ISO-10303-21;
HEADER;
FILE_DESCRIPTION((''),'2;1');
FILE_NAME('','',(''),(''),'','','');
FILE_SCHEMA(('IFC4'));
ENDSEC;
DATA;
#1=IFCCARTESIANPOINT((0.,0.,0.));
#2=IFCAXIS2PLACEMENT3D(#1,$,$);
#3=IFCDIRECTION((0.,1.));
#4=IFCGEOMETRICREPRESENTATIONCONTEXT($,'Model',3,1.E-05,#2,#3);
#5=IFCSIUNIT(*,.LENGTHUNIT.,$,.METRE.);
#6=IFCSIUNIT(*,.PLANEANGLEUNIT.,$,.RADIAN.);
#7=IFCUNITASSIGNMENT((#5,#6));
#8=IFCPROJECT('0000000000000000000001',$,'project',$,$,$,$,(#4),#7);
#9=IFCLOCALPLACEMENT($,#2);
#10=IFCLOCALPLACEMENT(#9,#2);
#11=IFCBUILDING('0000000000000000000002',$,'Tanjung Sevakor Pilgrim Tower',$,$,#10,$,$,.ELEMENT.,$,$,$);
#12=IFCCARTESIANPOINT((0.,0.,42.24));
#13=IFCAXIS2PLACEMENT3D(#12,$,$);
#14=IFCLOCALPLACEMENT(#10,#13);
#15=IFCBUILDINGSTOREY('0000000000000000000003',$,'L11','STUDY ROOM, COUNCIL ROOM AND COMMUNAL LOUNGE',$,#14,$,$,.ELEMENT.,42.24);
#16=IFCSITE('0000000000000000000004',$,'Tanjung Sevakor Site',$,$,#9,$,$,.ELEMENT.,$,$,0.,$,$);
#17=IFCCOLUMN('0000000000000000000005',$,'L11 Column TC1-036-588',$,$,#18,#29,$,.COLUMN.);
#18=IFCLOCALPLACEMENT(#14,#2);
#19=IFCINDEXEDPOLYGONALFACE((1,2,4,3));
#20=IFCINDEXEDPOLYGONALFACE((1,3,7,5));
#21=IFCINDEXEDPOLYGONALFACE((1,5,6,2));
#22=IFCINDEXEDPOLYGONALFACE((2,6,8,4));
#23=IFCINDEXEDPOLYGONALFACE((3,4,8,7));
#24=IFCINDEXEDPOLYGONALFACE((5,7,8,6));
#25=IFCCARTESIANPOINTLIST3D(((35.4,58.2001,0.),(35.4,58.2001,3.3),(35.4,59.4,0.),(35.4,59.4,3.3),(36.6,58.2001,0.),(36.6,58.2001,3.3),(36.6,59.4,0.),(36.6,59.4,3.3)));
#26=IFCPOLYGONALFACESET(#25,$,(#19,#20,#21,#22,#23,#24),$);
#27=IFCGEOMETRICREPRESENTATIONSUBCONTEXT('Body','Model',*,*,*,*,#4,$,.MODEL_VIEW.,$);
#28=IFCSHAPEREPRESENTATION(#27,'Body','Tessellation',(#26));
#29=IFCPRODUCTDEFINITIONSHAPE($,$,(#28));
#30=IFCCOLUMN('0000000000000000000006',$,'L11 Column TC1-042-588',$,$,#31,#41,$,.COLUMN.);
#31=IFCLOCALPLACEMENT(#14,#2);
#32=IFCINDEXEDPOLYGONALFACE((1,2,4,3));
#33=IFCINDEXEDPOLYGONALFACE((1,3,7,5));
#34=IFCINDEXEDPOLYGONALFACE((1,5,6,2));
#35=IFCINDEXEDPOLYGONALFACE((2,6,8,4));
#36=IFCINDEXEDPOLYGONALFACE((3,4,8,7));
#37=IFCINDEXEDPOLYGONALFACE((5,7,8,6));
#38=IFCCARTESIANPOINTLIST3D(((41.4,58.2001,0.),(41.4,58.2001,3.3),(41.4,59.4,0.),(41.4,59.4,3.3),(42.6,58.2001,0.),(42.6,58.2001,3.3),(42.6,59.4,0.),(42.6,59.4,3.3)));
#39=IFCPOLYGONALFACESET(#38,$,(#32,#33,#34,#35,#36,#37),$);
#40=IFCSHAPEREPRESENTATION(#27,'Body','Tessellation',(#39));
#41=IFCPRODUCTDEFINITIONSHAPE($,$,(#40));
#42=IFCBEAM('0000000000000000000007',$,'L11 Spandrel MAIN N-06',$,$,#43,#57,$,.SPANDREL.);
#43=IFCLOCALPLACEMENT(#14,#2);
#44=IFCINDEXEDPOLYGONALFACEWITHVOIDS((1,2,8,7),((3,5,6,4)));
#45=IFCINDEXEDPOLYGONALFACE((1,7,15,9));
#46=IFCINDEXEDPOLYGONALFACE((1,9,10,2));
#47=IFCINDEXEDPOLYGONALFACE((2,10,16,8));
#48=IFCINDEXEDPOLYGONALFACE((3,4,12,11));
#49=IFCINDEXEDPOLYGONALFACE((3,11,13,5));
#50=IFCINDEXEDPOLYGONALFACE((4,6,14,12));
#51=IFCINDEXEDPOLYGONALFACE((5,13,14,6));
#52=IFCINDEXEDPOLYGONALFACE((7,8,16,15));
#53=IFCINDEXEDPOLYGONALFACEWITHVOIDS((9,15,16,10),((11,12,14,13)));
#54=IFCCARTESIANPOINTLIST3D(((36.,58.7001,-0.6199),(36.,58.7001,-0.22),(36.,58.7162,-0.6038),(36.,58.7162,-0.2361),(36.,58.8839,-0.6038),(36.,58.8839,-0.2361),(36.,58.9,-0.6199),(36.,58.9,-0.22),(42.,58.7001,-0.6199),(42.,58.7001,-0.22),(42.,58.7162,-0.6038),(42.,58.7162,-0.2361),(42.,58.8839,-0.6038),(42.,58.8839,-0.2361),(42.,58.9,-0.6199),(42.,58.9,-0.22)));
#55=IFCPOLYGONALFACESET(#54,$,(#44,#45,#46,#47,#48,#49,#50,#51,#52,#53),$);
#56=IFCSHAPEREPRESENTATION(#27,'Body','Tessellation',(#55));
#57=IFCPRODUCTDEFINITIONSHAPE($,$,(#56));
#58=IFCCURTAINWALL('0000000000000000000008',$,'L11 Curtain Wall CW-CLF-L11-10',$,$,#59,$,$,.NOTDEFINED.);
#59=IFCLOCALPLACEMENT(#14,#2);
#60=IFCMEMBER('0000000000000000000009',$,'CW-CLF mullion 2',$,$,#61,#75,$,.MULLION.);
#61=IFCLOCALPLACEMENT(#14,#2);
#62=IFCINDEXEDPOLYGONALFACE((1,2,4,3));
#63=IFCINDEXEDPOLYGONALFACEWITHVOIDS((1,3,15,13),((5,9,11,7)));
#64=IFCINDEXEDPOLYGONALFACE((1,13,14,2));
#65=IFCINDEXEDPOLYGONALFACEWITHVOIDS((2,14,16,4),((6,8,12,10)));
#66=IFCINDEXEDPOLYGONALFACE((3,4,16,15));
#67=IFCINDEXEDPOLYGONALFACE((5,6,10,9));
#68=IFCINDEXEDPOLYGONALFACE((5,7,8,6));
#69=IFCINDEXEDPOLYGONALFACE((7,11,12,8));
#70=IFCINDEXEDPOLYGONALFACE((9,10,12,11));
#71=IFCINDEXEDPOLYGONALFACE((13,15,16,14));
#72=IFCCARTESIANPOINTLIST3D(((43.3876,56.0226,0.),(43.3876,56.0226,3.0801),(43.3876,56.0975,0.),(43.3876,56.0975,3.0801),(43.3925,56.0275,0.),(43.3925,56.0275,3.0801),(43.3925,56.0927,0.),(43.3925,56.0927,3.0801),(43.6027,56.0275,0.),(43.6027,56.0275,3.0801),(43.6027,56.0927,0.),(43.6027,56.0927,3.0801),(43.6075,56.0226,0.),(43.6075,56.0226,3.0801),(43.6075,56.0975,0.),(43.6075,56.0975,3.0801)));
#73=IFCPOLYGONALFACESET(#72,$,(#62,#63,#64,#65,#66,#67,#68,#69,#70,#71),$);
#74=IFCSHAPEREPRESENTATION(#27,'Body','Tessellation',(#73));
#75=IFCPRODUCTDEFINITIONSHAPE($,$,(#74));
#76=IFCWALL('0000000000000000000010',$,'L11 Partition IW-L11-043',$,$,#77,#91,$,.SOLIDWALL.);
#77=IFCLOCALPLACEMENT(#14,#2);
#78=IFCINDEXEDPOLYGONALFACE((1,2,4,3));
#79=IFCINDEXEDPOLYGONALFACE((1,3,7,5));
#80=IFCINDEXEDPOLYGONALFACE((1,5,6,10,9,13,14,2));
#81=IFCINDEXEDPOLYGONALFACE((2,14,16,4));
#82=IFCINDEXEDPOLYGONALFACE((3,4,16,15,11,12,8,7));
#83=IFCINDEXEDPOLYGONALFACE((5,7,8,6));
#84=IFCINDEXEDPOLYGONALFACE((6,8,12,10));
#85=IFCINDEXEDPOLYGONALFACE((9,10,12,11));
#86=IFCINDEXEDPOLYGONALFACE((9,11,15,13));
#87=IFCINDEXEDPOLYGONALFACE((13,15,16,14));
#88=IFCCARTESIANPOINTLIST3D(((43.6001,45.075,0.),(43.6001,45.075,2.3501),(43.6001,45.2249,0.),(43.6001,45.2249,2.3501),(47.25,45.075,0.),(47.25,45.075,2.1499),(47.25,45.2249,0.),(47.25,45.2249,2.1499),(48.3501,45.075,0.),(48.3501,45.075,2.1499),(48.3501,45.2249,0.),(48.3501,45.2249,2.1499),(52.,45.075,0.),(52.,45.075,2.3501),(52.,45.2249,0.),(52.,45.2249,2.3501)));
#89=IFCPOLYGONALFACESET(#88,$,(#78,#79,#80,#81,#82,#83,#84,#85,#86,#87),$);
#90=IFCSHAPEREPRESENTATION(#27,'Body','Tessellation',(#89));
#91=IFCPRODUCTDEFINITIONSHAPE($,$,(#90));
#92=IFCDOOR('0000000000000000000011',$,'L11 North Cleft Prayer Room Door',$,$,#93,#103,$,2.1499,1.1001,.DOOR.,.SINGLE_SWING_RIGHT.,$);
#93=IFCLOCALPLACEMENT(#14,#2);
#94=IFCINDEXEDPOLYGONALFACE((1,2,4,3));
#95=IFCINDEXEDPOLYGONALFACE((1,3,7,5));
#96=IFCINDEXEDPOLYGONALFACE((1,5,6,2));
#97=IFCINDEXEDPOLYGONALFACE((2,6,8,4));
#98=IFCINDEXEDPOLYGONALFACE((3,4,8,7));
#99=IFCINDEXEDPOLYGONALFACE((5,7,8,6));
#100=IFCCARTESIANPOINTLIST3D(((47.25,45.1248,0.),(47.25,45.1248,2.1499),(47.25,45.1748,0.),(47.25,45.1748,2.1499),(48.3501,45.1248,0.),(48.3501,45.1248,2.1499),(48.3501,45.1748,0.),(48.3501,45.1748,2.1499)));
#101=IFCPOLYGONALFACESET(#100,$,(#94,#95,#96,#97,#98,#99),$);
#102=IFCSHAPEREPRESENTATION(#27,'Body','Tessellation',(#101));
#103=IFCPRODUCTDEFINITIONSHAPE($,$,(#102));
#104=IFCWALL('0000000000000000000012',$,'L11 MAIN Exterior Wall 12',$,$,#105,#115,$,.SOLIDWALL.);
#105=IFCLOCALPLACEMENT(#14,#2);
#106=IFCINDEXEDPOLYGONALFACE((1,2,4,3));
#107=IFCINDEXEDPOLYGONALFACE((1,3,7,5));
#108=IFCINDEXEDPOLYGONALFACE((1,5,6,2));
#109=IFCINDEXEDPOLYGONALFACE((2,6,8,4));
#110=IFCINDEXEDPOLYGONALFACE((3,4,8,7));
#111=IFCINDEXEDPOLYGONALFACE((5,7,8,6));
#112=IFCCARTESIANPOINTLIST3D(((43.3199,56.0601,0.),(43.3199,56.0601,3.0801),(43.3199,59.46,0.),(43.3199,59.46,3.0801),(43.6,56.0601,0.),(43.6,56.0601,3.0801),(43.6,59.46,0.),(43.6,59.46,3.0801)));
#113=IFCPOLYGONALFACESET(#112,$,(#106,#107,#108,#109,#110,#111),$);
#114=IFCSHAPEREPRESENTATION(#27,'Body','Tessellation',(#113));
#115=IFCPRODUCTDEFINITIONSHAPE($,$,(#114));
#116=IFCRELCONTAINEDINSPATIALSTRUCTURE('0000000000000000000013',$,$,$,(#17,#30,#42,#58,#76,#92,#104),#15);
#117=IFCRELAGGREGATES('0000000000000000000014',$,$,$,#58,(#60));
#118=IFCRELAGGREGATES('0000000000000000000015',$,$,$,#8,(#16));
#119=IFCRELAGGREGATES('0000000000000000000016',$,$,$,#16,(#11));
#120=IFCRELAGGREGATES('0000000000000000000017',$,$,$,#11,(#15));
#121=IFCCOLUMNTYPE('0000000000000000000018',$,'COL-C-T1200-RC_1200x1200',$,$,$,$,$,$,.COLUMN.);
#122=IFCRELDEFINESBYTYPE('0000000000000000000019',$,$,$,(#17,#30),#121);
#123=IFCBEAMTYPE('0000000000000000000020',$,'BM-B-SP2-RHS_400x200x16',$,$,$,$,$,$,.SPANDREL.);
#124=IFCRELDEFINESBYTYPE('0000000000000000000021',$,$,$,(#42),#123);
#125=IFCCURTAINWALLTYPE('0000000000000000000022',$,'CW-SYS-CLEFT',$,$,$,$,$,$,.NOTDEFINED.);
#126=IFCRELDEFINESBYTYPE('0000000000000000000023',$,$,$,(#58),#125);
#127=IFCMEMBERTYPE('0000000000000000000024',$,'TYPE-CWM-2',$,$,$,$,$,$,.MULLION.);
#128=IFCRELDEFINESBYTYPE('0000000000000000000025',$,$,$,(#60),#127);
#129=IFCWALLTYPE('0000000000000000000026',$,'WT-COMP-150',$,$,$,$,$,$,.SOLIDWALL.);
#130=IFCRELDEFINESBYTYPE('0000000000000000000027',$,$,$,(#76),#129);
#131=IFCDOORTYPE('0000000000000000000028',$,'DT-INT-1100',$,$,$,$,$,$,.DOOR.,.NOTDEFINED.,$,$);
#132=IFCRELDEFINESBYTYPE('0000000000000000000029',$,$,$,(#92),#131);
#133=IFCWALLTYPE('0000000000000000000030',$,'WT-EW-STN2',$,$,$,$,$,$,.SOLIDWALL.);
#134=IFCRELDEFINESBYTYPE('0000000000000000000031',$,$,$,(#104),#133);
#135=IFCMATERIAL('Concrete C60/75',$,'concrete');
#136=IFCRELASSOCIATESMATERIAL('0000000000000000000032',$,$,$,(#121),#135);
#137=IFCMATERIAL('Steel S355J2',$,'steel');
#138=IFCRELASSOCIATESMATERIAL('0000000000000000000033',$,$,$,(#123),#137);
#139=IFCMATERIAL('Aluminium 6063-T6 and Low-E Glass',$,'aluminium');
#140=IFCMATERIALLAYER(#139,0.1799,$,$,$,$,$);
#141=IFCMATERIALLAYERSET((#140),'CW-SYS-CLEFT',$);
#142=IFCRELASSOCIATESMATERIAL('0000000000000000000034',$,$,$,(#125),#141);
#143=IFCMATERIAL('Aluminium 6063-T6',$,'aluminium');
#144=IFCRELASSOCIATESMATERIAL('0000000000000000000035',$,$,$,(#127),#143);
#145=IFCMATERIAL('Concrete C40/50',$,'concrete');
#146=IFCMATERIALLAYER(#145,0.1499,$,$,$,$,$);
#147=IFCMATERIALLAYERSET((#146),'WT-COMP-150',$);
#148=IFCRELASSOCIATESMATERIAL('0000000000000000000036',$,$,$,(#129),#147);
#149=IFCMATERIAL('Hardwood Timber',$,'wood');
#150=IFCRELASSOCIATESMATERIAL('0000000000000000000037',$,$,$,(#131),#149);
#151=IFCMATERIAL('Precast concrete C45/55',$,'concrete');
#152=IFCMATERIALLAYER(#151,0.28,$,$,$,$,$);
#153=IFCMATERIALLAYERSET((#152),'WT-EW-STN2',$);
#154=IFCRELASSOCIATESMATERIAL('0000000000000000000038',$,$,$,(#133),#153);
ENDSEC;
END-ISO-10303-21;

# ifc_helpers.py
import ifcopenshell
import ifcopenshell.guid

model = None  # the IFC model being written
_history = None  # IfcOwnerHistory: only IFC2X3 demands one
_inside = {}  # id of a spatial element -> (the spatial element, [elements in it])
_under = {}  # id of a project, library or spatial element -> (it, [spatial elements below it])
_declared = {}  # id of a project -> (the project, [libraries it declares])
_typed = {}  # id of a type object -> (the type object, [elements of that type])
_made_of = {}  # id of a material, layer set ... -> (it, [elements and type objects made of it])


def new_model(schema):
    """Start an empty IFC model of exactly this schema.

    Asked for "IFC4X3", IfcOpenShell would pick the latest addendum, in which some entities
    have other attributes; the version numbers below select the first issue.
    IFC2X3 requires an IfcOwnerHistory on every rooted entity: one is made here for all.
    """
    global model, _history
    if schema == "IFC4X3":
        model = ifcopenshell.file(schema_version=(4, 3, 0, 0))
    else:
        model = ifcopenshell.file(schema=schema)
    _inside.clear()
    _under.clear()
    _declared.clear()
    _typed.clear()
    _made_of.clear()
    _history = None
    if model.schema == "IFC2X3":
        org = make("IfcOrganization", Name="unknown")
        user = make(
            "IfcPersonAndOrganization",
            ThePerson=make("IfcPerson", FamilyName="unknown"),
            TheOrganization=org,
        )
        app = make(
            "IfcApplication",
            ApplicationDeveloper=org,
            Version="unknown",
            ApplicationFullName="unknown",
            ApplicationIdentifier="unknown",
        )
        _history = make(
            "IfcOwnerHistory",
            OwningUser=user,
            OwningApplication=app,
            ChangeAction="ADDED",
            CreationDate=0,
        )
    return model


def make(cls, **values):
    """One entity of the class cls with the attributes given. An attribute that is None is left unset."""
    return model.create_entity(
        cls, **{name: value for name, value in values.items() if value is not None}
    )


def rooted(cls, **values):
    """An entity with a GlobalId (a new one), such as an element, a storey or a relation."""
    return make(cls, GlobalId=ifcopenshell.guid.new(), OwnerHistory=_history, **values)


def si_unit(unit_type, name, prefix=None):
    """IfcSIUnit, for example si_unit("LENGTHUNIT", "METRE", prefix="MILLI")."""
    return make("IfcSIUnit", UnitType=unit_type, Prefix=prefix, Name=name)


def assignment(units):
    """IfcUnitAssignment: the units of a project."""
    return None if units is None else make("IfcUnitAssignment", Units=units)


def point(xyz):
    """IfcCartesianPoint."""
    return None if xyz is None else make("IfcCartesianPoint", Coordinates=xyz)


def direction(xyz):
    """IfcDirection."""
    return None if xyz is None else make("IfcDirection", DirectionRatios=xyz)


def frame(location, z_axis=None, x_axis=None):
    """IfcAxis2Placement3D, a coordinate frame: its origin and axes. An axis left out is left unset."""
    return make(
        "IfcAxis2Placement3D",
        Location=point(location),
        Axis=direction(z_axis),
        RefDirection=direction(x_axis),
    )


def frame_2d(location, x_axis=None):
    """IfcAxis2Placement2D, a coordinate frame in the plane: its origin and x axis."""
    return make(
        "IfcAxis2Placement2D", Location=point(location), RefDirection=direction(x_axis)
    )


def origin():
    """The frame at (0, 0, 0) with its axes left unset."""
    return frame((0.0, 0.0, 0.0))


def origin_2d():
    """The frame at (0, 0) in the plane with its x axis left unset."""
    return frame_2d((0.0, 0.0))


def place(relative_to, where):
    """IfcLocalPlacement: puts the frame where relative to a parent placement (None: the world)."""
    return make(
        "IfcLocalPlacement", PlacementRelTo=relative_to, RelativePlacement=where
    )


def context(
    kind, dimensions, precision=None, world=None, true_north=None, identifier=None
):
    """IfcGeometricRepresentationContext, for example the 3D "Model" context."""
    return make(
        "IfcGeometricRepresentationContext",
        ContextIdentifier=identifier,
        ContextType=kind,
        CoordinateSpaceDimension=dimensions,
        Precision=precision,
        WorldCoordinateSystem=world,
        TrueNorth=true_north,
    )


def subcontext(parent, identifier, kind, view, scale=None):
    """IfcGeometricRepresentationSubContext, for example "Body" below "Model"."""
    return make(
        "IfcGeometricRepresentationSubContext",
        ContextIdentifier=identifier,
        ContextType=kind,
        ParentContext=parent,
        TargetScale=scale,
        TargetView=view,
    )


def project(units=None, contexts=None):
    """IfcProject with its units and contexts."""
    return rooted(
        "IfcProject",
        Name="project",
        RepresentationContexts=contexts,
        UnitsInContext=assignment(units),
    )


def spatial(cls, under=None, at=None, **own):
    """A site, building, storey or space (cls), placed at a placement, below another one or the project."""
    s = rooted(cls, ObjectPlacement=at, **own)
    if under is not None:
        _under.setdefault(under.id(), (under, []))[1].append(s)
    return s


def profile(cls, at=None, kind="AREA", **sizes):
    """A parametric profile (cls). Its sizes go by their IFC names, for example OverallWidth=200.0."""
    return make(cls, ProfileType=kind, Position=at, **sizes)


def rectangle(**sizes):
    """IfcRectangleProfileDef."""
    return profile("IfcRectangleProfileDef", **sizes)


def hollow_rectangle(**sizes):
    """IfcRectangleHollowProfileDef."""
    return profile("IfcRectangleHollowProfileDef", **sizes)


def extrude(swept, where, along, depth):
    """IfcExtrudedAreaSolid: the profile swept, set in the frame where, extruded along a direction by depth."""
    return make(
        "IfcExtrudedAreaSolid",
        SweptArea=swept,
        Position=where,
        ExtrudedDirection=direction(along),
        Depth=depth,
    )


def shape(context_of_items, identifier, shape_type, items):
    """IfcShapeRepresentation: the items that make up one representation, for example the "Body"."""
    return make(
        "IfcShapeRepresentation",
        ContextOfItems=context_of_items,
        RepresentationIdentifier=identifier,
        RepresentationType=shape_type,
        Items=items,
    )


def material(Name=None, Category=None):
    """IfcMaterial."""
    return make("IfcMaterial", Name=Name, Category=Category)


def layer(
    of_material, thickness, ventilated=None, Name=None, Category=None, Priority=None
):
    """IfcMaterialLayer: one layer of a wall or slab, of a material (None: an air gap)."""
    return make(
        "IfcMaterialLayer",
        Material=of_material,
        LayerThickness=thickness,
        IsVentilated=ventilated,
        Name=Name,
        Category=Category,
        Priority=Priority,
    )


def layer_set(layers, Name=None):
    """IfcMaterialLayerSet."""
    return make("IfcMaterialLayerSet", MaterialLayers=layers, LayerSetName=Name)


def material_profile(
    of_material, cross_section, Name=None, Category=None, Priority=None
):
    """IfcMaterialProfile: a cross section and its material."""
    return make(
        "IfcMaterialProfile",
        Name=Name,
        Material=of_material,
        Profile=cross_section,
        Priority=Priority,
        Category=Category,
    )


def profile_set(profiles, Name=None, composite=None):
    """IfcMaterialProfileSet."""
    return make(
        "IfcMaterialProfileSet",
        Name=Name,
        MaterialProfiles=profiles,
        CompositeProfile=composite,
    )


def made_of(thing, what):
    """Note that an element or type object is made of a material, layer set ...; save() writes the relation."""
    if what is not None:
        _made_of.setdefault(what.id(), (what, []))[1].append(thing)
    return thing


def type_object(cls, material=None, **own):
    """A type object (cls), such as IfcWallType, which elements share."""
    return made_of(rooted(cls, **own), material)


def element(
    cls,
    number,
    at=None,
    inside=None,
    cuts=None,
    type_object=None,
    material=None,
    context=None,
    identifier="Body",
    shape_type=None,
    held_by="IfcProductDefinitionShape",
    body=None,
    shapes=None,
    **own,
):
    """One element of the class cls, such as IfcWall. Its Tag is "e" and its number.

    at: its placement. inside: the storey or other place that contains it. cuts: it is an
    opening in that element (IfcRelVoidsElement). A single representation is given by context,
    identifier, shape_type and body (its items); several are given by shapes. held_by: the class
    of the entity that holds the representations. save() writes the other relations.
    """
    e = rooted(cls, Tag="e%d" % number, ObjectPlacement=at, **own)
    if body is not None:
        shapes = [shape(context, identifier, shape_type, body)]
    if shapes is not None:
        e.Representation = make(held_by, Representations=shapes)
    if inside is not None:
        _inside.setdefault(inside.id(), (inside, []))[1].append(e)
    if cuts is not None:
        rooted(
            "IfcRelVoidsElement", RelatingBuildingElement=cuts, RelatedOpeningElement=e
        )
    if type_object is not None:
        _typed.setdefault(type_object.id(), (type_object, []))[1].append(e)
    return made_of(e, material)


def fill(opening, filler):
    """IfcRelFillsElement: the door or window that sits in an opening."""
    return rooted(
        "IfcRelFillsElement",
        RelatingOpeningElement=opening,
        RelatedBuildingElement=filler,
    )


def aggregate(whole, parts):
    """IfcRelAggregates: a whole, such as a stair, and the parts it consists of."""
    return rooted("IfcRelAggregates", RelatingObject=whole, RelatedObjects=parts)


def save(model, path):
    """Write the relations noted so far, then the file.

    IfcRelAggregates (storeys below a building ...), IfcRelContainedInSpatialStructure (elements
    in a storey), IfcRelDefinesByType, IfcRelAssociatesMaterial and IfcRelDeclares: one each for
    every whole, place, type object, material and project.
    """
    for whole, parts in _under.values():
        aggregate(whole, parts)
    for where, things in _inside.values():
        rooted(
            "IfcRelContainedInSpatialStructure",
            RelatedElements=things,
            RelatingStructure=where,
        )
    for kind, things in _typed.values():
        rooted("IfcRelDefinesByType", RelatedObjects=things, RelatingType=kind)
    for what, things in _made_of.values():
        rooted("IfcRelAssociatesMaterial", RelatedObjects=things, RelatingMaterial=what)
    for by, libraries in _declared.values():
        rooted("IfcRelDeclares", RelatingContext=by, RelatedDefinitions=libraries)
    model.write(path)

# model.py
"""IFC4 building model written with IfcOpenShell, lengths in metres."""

from ifc_helpers import new_model, si_unit, direction, frame, frame_2d, origin, origin_2d, place, context, subcontext, project, spatial, rectangle, hollow_rectangle, extrude, material, layer, layer_set, material_profile, profile_set, type_object, element, fill, aggregate, save


model = new_model("IFC4")

# Units and contexts
model_context = context("Model", 3, precision=1e-05, world=origin(), true_north=direction((0.0, 1.0)))
body_context = subcontext(model_context, "Body", "Model", "MODEL_VIEW")
ifc_project = project(units=[si_unit("LENGTHUNIT", "METRE"), si_unit("PLANEANGLEUNIT", "RADIAN")], contexts=[model_context])

# Site, building, storey
site_placement = place(None, origin())
site = spatial("IfcSite", under=ifc_project, at=site_placement, Name="Tanjung Sevakor Site", CompositionType="ELEMENT", RefElevation=0.0)
building_placement = place(site_placement, origin())
building = spatial("IfcBuilding", under=site, at=building_placement, Name="Tanjung Sevakor Pilgrim Tower", CompositionType="ELEMENT")
storey_placement = place(building_placement, frame((0.0, 0.0, 42.24)))
storey = spatial("IfcBuildingStorey", under=building, at=storey_placement, Name="L11", Description="STUDY ROOM, COUNCIL ROOM AND COMMUNAL LOUNGE", CompositionType="ELEMENT", Elevation=42.24)

# Columns
ifc_material_1 = material(Name="Concrete C60/75", Category="concrete")
ifc_material_profile_1 = material_profile(ifc_material_1, rectangle(XDim=1.2, YDim=1.2, at=origin_2d()))
ifc_profile_set_1 = profile_set([ifc_material_profile_1], Name="Concrete C60/75")
column_type = type_object("IfcColumnType", Name="COL-C-T1200-RC_1200x1200", PredefinedType="COLUMN", material=ifc_profile_set_1)
for number, where, z_axis, x_axis, name in (
    (1, (36.0, 58.8, 0.0), (0.0, 0.0, 1.0), (1.0, 0.0, 0.0), "L11 Column TC1-036-588"),
    (2, (42.0, 58.8, 0.0), (0.0, 0.0, 1.0), (1.0, 0.0, 0.0), "L11 Column TC1-042-588"),
):
    element("IfcColumn", number, at=place(storey_placement, frame(where, z_axis=z_axis, x_axis=x_axis)), inside=storey, type_object=column_type, Name=name, PredefinedType="COLUMN", context=body_context, shape_type="SweptSolid", body=[
        extrude(rectangle(XDim=1.2, YDim=1.2, at=origin_2d()), origin(), (0.0, 0.0, 1.0), 3.3),
    ])

# Beam
ifc_material_2 = material(Name="Steel S355J2", Category="steel")
ifc_material_profile_2 = material_profile(ifc_material_2, hollow_rectangle(XDim=0.2, YDim=0.3999, WallThickness=0.0161, at=origin_2d()))
ifc_profile_set_2 = profile_set([ifc_material_profile_2], Name="Steel S355J2")
beam_type = type_object("IfcBeamType", Name="BM-B-SP2-RHS_400x200x16", PredefinedType="SPANDREL", material=ifc_profile_set_2)
beam_placement = place(storey_placement, frame((36.0, 58.8, -0.4199), z_axis=(1.0, 0.0, 0.0), x_axis=(0.0, 1.0, 0.0)))
element("IfcBeam", 3, at=beam_placement, inside=storey, type_object=beam_type, Name="L11 Spandrel MAIN N-06", PredefinedType="SPANDREL", context=body_context, shape_type="SweptSolid", body=[
    extrude(hollow_rectangle(XDim=0.2, YDim=0.3999, WallThickness=0.0161, at=origin_2d()), origin(), (0.0, 0.0, 1.0), 6.0),
])

# Curtain wall, member
ifc_material_3 = material(Name="Aluminium 6063-T6 and Low-E Glass", Category="aluminium")
ifc_layer_1 = layer(ifc_material_3, 0.1799)
ifc_layer_set_1 = layer_set([ifc_layer_1], Name="CW-SYS-CLEFT")
curtain_wall_type = type_object("IfcCurtainWallType", Name="CW-SYS-CLEFT", PredefinedType="NOTDEFINED", material=ifc_layer_set_1)
curtain_wall_placement = place(storey_placement, origin())
curtain_wall = element("IfcCurtainWall", 4, at=curtain_wall_placement, inside=storey, type_object=curtain_wall_type, Name="L11 Curtain Wall CW-CLF-L11-10", PredefinedType="NOTDEFINED")
ifc_material_4 = material(Name="Aluminium 6063-T6", Category="aluminium")
ifc_material_profile_3 = material_profile(ifc_material_4, hollow_rectangle(XDim=0.075, YDim=0.22, WallThickness=0.0049, at=origin_2d()))
ifc_profile_set_3 = profile_set([ifc_material_profile_3], Name="Aluminium 6063-T6")
member_type = type_object("IfcMemberType", Name="TYPE-CWM-2", PredefinedType="MULLION", material=ifc_profile_set_3)
member_placement = place(storey_placement, frame((43.4976, 56.0601, 0.0), z_axis=(0.0, 0.0, 1.0), x_axis=(0.0, -1.0, 0.0)))
member = element("IfcMember", 5, at=member_placement, type_object=member_type, Name="CW-CLF mullion 2", PredefinedType="MULLION", context=body_context, shape_type="SweptSolid", body=[
    extrude(hollow_rectangle(XDim=0.075, YDim=0.22, WallThickness=0.0049, at=origin_2d()), origin(), (0.0, 0.0, 1.0), 3.0801),
])
aggregate(curtain_wall, [member])

# Wall, opening, door
ifc_material_5 = material(Name="Concrete C40/50", Category="concrete")
ifc_layer_2 = layer(ifc_material_5, 0.1499)
ifc_layer_set_2 = layer_set([ifc_layer_2], Name="WT-COMP-150")
wall_type_1 = type_object("IfcWallType", Name="WT-COMP-150", PredefinedType="SOLIDWALL", material=ifc_layer_set_2)
wall_1_placement = place(storey_placement, frame((43.6001, 45.1499, 0.0), z_axis=(0.0, 0.0, 1.0), x_axis=(1.0, 0.0, 0.0)))
wall_1 = element("IfcWall", 6, at=wall_1_placement, inside=storey, type_object=wall_type_1, Name="L11 Partition IW-L11-043", PredefinedType="SOLIDWALL", context=body_context, shape_type="SweptSolid", body=[
    extrude(rectangle(XDim=8.3999, YDim=0.1499, at=frame_2d((4.2, 0.0))), origin(), (0.0, 0.0, 1.0), 2.3501),
])
opening_1_placement = place(wall_1_placement, frame((3.6499, 0.0, 0.0)))
opening_1 = element("IfcOpeningElement", 7, at=opening_1_placement, cuts=wall_1, PredefinedType="OPENING", context=body_context, shape_type="SweptSolid", body=[
    extrude(rectangle(XDim=1.1001, YDim=2.1499, at=frame_2d((0.55, 1.075))), frame((0.0, 0.085, 0.0), z_axis=(0.0, -1.0, 0.0), x_axis=(1.0, 0.0, 0.0)), (0.0, 0.0, 1.0), 0.1699),
])
ifc_material_6 = material(Name="Hardwood Timber", Category="wood")
door_type_1 = type_object("IfcDoorType", Name="DT-INT-1100", OperationType="NOTDEFINED", PredefinedType="DOOR", material=ifc_material_6)
door_1_placement = place(opening_1_placement, origin())
door_1 = element("IfcDoor", 8, at=door_1_placement, inside=storey, type_object=door_type_1, Name="L11 North Cleft Prayer Room Door", OperationType="SINGLE_SWING_RIGHT", OverallHeight=2.1499, OverallWidth=1.1001, PredefinedType="DOOR", context=body_context, shape_type="SweptSolid", body=[
    extrude(rectangle(XDim=1.1001, YDim=2.1499, at=frame_2d((0.55, 1.075))), frame((0.0, 0.0249, 0.0), z_axis=(0.0, -1.0, 0.0), x_axis=(1.0, 0.0, 0.0)), (0.0, 0.0, 1.0), 0.05),
])
fill(opening_1, door_1)

# Wall
ifc_material_7 = material(Name="Precast concrete C45/55", Category="concrete")
ifc_layer_3 = layer(ifc_material_7, 0.28)
ifc_layer_set_3 = layer_set([ifc_layer_3], Name="WT-EW-STN2")
wall_type_2 = type_object("IfcWallType", Name="WT-EW-STN2", PredefinedType="SOLIDWALL", material=ifc_layer_set_3)
wall_2_placement = place(storey_placement, frame((43.46, 56.0601, 0.0), z_axis=(0.0, 0.0, 1.0), x_axis=(0.0, 1.0, 0.0)))
element("IfcWall", 9, at=wall_2_placement, inside=storey, type_object=wall_type_2, Name="L11 MAIN Exterior Wall 12", PredefinedType="SOLIDWALL", context=body_context, shape_type="SweptSolid", body=[
    extrude(rectangle(XDim=3.3999, YDim=0.28, at=frame_2d((1.7, 0.0))), origin(), (0.0, 0.0, 1.0), 3.0801),
])

save(model, "model.ifc")
